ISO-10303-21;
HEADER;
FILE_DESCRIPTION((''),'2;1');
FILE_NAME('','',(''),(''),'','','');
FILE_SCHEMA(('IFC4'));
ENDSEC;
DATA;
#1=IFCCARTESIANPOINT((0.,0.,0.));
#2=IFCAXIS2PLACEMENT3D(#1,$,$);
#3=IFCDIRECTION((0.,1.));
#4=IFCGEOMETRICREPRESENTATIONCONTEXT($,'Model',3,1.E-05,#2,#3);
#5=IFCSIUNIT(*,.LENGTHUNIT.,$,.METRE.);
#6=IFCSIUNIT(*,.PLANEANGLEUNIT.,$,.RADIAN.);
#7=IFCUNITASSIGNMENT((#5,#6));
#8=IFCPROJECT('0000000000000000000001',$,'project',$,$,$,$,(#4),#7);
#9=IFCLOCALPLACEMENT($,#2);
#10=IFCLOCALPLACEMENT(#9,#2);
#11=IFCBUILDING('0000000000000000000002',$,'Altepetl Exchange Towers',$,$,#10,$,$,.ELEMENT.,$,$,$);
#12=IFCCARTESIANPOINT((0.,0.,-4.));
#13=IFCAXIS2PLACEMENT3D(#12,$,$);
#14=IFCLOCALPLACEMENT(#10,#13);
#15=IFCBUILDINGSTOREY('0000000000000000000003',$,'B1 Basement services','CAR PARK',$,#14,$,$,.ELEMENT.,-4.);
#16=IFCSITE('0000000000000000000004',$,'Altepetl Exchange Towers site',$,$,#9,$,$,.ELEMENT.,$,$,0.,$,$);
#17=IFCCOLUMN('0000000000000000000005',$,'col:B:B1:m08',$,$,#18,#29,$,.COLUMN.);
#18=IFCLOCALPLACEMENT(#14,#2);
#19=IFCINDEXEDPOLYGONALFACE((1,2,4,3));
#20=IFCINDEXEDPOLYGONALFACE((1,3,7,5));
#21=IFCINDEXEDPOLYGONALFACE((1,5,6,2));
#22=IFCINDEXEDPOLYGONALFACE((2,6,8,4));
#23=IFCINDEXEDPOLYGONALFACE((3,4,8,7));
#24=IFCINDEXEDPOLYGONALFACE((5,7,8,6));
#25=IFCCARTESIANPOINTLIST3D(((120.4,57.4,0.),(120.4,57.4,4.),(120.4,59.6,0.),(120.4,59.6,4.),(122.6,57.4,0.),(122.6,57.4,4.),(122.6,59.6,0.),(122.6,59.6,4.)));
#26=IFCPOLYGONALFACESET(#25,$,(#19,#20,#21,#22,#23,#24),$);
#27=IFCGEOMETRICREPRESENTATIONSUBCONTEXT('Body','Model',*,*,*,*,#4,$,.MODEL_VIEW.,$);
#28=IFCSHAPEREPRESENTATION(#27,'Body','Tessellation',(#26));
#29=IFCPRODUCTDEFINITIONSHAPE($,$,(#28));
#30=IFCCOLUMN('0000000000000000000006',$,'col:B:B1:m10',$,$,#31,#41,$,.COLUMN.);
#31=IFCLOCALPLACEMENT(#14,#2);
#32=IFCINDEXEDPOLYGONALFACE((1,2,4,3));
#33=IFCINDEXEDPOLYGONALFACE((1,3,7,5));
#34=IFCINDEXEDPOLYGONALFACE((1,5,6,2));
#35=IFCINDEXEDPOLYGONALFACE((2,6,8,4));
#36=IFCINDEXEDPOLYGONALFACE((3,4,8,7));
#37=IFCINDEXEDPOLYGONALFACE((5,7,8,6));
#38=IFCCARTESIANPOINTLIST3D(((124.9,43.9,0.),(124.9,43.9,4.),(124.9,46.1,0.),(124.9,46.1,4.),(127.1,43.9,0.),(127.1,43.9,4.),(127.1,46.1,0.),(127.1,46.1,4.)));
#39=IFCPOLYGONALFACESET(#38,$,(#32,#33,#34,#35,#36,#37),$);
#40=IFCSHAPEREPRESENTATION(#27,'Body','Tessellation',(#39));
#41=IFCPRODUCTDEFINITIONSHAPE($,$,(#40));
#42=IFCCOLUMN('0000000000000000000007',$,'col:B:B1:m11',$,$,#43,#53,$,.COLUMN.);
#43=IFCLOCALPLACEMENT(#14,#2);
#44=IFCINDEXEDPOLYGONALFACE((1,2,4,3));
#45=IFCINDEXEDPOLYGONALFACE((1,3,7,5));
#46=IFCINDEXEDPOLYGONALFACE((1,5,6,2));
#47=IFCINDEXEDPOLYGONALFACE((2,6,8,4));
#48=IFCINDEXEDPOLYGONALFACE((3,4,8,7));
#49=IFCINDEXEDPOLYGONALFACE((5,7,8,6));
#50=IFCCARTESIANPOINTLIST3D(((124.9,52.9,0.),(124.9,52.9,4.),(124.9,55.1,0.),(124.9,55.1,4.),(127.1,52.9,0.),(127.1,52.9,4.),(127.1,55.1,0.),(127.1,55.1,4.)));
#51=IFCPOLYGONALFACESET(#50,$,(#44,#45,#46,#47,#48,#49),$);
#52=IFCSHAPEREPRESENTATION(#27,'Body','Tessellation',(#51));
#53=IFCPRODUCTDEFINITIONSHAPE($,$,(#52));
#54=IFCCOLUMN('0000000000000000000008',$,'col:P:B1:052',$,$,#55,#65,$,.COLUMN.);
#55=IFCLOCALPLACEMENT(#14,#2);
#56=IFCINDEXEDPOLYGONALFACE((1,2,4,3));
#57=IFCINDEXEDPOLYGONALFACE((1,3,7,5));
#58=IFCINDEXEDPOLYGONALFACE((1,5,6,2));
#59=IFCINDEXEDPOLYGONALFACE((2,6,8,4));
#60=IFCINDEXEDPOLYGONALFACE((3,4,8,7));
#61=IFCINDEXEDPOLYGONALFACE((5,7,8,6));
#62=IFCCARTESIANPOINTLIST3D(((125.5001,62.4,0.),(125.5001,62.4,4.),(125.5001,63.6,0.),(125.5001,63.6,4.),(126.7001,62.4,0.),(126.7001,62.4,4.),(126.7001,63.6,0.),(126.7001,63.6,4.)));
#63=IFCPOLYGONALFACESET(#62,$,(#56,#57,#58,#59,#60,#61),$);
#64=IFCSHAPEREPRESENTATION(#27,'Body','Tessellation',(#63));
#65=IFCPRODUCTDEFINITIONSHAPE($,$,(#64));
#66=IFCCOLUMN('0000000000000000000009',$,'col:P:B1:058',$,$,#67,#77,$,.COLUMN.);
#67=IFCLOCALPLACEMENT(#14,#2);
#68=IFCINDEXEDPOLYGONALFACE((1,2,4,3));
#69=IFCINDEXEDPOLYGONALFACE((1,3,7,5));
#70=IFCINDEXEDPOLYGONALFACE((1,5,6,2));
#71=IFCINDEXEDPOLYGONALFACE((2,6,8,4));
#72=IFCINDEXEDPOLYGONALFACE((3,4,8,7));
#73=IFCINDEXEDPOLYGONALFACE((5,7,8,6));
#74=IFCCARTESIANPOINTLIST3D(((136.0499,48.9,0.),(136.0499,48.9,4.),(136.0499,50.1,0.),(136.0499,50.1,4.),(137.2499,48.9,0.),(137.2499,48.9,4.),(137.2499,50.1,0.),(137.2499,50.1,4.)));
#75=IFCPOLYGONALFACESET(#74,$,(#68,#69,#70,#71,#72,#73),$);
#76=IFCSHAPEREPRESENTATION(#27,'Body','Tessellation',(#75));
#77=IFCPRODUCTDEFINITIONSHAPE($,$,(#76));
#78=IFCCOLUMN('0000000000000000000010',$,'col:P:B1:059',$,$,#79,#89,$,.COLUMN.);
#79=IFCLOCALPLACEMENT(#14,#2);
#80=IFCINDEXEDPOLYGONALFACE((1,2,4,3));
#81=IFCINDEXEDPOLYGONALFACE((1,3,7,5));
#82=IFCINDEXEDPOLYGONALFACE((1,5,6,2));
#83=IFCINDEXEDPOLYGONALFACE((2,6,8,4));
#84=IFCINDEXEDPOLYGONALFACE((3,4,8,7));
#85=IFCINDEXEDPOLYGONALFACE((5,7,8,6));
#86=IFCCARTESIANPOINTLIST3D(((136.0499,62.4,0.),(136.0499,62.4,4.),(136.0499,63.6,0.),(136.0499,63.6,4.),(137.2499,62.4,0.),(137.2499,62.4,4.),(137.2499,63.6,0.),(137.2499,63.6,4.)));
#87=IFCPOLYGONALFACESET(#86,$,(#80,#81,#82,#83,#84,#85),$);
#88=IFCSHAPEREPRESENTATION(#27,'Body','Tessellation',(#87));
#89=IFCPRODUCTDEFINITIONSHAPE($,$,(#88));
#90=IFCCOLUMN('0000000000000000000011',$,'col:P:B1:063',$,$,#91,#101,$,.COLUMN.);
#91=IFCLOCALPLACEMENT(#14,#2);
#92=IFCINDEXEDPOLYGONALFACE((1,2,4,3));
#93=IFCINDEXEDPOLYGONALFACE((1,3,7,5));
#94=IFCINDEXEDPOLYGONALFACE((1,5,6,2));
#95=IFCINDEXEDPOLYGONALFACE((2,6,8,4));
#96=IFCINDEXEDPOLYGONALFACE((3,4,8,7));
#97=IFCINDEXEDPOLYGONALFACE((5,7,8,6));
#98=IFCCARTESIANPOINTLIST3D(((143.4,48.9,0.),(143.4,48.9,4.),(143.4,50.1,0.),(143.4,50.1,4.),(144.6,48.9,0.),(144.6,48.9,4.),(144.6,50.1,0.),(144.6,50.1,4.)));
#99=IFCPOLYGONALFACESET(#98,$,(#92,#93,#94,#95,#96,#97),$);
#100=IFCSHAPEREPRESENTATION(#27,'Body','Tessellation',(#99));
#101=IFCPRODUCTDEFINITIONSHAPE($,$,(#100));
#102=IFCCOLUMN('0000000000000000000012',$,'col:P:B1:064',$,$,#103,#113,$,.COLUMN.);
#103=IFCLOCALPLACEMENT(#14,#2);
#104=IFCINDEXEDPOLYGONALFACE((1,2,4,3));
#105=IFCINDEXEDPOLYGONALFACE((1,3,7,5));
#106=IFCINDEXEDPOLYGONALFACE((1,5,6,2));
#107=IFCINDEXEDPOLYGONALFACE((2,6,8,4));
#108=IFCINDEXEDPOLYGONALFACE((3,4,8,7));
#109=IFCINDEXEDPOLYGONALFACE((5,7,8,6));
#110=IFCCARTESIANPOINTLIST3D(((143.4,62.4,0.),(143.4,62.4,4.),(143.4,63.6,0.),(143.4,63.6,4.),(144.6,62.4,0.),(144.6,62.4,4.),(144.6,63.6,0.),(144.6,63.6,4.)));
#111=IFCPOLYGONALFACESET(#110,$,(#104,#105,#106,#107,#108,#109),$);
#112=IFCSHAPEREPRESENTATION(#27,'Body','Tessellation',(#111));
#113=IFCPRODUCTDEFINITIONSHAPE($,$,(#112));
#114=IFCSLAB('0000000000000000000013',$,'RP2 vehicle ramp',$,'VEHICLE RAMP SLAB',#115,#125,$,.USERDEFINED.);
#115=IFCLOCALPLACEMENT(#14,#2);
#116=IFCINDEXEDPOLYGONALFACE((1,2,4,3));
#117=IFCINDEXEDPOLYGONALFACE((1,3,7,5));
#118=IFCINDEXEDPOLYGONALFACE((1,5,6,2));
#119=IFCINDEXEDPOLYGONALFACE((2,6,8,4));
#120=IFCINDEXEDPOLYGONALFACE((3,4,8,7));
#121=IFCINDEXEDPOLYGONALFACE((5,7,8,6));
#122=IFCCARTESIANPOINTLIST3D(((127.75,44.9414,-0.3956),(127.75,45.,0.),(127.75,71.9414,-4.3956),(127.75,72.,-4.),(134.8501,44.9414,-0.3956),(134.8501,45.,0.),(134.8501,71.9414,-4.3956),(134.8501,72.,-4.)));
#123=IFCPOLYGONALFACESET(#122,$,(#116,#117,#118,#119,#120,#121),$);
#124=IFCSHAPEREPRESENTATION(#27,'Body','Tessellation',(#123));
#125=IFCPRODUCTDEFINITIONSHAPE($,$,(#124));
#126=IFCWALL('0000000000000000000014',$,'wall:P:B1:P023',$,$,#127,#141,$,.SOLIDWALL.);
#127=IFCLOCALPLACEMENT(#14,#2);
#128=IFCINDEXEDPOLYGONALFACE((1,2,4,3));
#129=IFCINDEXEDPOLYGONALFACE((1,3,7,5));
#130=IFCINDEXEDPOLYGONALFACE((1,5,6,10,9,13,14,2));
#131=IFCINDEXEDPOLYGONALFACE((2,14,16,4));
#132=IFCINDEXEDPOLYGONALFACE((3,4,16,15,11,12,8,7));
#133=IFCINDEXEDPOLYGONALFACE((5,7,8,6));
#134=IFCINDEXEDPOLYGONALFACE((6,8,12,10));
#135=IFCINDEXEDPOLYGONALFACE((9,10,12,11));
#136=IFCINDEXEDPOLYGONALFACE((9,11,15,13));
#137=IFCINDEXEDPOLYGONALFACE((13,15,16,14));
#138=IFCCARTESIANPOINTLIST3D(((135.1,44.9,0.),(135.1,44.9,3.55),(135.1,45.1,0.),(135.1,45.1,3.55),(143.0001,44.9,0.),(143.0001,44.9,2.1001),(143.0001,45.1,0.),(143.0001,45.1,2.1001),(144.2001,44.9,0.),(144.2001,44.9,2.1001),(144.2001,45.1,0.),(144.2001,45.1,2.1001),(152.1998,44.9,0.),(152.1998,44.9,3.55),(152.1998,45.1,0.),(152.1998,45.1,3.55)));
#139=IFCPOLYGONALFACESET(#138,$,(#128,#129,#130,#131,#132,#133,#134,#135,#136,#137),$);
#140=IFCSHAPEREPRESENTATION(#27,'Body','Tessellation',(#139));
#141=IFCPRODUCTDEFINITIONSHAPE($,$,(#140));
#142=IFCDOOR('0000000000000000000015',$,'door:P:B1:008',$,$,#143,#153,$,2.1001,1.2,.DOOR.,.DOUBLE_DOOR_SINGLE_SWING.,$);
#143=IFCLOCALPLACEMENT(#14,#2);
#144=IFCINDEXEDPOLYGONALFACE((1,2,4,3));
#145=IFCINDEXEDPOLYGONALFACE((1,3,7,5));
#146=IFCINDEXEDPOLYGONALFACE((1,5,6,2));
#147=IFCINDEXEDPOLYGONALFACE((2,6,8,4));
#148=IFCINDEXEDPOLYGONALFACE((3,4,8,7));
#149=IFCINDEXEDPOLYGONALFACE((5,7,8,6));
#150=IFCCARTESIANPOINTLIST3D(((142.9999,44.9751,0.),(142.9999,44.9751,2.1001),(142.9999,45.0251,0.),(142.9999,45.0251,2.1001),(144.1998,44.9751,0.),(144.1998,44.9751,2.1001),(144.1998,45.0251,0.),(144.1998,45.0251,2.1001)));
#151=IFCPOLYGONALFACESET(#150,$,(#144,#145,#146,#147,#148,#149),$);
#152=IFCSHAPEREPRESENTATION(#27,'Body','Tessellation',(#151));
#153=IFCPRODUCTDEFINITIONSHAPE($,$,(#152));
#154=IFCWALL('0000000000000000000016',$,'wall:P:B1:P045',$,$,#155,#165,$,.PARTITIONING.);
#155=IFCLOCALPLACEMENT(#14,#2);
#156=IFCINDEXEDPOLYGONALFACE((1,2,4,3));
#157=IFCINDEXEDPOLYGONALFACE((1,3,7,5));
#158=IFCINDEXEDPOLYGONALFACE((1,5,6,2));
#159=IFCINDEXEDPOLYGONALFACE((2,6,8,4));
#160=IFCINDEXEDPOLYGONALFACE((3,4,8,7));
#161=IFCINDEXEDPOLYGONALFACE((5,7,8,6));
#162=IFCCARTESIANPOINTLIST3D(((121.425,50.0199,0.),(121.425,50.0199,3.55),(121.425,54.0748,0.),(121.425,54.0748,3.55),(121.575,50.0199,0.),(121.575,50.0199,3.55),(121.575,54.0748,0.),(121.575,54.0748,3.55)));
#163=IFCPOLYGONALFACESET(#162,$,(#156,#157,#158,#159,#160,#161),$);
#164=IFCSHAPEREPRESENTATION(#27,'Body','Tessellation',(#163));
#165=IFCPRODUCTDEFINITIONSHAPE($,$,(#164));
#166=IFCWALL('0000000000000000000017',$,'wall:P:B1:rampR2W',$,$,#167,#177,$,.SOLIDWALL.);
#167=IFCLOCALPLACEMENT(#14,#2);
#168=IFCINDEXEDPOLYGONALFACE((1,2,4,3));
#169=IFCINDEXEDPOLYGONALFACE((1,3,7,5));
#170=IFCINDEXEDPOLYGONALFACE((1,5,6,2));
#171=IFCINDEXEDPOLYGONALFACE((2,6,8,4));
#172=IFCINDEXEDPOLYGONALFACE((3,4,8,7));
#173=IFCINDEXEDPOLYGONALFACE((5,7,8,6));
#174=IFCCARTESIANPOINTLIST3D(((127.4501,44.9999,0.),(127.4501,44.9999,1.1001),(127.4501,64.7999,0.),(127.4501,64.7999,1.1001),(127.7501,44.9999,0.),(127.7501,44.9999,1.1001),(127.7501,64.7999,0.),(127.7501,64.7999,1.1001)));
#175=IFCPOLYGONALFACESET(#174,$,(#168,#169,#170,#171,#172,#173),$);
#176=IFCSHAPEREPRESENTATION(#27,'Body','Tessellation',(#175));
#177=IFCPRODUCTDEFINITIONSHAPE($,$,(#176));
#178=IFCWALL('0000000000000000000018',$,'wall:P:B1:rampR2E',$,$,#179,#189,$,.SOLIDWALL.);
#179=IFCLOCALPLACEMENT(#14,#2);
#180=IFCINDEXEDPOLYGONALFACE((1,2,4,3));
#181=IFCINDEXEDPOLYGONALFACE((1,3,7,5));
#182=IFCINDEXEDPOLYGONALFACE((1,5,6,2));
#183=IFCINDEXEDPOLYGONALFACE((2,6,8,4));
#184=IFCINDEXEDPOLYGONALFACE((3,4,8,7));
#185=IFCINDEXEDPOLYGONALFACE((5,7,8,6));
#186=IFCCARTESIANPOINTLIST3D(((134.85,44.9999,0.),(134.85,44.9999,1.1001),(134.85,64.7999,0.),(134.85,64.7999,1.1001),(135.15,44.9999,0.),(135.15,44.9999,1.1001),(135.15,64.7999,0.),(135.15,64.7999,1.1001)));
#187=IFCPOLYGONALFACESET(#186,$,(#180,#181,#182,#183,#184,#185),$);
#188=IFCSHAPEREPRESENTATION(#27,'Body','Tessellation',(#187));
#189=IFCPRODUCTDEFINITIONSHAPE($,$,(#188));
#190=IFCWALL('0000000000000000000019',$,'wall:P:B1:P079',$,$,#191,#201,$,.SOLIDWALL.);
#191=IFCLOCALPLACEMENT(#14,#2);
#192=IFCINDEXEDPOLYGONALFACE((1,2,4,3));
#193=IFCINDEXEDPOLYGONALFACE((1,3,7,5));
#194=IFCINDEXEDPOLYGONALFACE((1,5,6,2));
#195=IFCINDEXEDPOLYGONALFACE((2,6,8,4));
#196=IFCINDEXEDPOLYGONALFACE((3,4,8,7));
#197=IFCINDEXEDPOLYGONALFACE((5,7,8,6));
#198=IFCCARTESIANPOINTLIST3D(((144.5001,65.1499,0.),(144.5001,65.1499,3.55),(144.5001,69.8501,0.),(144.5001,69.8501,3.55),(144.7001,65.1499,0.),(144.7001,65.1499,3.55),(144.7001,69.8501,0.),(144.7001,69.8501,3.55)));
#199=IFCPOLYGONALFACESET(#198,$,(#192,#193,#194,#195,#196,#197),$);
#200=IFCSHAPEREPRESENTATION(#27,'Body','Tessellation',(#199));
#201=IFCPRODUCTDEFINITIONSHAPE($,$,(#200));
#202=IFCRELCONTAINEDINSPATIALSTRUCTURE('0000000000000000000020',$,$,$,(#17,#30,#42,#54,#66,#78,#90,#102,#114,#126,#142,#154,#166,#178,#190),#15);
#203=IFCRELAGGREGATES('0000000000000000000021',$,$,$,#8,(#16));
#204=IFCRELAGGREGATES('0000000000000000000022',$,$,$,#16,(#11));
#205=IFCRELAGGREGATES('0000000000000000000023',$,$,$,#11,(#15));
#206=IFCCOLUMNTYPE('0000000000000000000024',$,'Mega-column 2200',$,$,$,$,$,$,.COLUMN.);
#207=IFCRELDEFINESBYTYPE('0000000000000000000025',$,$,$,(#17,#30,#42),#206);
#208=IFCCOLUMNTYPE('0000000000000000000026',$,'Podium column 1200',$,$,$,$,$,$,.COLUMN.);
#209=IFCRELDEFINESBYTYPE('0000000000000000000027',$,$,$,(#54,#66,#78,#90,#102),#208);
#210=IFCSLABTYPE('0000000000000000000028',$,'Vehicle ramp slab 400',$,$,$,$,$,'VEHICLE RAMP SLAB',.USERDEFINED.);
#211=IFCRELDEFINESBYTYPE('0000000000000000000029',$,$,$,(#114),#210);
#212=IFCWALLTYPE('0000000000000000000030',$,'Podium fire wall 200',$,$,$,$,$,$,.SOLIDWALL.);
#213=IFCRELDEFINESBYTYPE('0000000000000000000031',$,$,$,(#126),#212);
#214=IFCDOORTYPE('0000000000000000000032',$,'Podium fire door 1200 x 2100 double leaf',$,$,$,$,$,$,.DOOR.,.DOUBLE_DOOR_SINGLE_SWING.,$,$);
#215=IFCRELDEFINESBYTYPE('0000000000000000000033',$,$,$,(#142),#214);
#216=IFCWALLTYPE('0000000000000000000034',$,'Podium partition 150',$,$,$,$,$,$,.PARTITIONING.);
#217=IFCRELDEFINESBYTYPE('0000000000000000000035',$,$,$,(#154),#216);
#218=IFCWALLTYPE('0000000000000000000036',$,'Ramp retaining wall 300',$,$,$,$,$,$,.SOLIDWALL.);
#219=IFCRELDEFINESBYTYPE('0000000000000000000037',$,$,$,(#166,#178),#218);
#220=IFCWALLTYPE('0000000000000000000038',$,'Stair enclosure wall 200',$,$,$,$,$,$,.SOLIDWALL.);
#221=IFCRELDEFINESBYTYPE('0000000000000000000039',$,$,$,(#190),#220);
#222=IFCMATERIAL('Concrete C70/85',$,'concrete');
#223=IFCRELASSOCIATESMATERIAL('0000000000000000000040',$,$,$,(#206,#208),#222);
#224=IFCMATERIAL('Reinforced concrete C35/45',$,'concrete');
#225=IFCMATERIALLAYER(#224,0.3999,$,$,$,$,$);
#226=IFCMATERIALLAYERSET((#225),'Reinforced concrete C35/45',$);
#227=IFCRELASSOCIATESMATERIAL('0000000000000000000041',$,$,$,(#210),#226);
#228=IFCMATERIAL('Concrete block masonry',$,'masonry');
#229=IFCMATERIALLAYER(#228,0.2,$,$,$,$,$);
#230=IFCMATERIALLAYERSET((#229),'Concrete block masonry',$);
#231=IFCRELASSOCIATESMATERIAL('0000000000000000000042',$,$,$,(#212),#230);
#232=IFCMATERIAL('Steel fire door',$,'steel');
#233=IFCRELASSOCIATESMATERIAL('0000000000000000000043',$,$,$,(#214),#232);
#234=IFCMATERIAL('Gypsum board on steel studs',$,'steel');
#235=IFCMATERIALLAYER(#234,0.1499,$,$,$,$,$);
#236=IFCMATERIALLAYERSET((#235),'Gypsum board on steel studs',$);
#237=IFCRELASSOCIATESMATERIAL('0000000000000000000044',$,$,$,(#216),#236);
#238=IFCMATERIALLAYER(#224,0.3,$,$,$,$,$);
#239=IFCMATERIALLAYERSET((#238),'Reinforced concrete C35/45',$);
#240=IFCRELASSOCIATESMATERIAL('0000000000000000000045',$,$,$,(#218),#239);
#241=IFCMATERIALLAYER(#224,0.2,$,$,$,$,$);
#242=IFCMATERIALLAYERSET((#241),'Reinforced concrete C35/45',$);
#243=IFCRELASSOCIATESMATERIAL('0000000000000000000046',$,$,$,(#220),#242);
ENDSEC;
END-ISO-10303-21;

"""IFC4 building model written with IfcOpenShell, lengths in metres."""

from ifc_helpers import new_model, si_unit, direction, frame, frame_2d, origin, origin_2d, place, context, subcontext, project, spatial, polyline, rectangle, outline, extrude, material, layer, layer_set, material_profile, profile_set, type_object, element, fill, save


model = new_model("IFC4")

# Units and contexts
model_context = context("Model", 3, precision=1e-05, world=origin(), true_north=direction((0.0, 1.0)))
body_context = subcontext(model_context, "Body", "Model", "MODEL_VIEW")
ifc_project = project(units=[si_unit("LENGTHUNIT", "METRE"), si_unit("PLANEANGLEUNIT", "RADIAN")], contexts=[model_context])

# Site, building, storey
site_placement = place(None, origin())
site = spatial("IfcSite", under=ifc_project, at=site_placement, Name="Altepetl Exchange Towers site", CompositionType="ELEMENT", RefElevation=0.0)
building_placement = place(site_placement, origin())
building = spatial("IfcBuilding", under=site, at=building_placement, Name="Altepetl Exchange Towers", CompositionType="ELEMENT")
storey_placement = place(building_placement, frame((0.0, 0.0, -4.0)))
storey = spatial("IfcBuildingStorey", under=building, at=storey_placement, Name="B1 Basement services", Description="CAR PARK", CompositionType="ELEMENT", Elevation=-4.0)

# Columns
ifc_material_1 = material(Name="Concrete C70/85", Category="concrete")
ifc_material_profile_1 = material_profile(ifc_material_1, rectangle(XDim=2.2, YDim=2.2, at=origin_2d()), Name="2200 x 2200")
ifc_profile_set_1 = profile_set([ifc_material_profile_1], Name="Concrete C70/85")
column_type_1 = type_object("IfcColumnType", Name="Mega-column 2200", PredefinedType="COLUMN", material=ifc_profile_set_1)
for number, where, name in (
    (1, (121.5, 58.5, 0.0), "col:B:B1:m08"),
    (2, (126.0, 45.0, 0.0), "col:B:B1:m10"),
    (3, (126.0, 54.0, 0.0), "col:B:B1:m11"),
):
    element("IfcColumn", number, at=place(storey_placement, frame(where)), inside=storey, type_object=column_type_1, Name=name, PredefinedType="COLUMN", context=body_context, shape_type="SweptSolid", body=[
        extrude(rectangle(XDim=2.2, YDim=2.2, at=origin_2d()), origin(), (0.0, 0.0, 1.0), 4.0),
    ])
ifc_material_profile_2 = material_profile(ifc_material_1, rectangle(XDim=1.2, YDim=1.2, at=origin_2d()), Name="1200 x 1200")
ifc_profile_set_2 = profile_set([ifc_material_profile_2], Name="Concrete C70/85")
column_type_2 = type_object("IfcColumnType", Name="Podium column 1200", PredefinedType="COLUMN", material=ifc_profile_set_2)
for number, where, name in (
    (4, (126.1001, 63.0, 0.0), "col:P:B1:052"),
    (5, (136.6499, 49.5, 0.0), "col:P:B1:058"),
    (6, (136.6499, 63.0, 0.0), "col:P:B1:059"),
    (7, (144.0, 49.5, 0.0), "col:P:B1:063"),
    (8, (144.0, 63.0, 0.0), "col:P:B1:064"),
):
    element("IfcColumn", number, at=place(storey_placement, frame(where)), inside=storey, type_object=column_type_2, Name=name, PredefinedType="COLUMN", context=body_context, shape_type="SweptSolid", body=[
        extrude(rectangle(XDim=1.2, YDim=1.2, at=origin_2d()), origin(), (0.0, 0.0, 1.0), 4.0),
    ])

# Slab
ifc_material_2 = material(Name="Reinforced concrete C35/45", Category="concrete")
ifc_layer_1 = layer(ifc_material_2, 0.3999)
ifc_layer_set_1 = layer_set([ifc_layer_1], Name="Reinforced concrete C35/45")
slab_type = type_object("IfcSlabType", Name="Vehicle ramp slab 400", ElementType="VEHICLE RAMP SLAB", PredefinedType="USERDEFINED", material=ifc_layer_set_1)
slab_placement = place(storey_placement, frame((127.75, 45.0, 0.0), z_axis=(0.0, 0.146549, 0.989203), x_axis=(1.0, 0.0, 0.0)))
element("IfcSlab", 9, at=slab_placement, inside=storey, type_object=slab_type, Name="RP2 vehicle ramp", ObjectType="VEHICLE RAMP SLAB", PredefinedType="USERDEFINED", context=body_context, shape_type="SweptSolid", body=[
    extrude(outline(polyline([(0.0, 0.0), (7.1001, 0.0), (7.1001, 27.2947), (0.0, 27.2947), (0.0, 0.0)])), origin(), (0.0, 0.0, -1.0), 0.3999),
])

# Wall, opening, door
ifc_material_3 = material(Name="Concrete block masonry", Category="masonry")
ifc_layer_2 = layer(ifc_material_3, 0.2)
ifc_layer_set_2 = layer_set([ifc_layer_2], Name="Concrete block masonry")
wall_type_1 = type_object("IfcWallType", Name="Podium fire wall 200", PredefinedType="SOLIDWALL", material=ifc_layer_set_2)
wall_1_placement = place(storey_placement, frame((135.1001, 45.0, 0.0)))
wall_1 = element("IfcWall", 10, at=wall_1_placement, inside=storey, type_object=wall_type_1, Name="wall:P:B1:P023", PredefinedType="SOLIDWALL", context=body_context, shape_type="SweptSolid", body=[
    extrude(rectangle(XDim=17.0999, YDim=0.2, at=frame_2d((8.5498, 0.0))), origin(), (0.0, 0.0, 1.0), 3.55),
])
opening_1_placement = place(wall_1_placement, frame((7.8999, 0.0, 0.0)))
opening_1 = element("IfcOpeningElement", 11, at=opening_1_placement, cuts=wall_1, PredefinedType="OPENING", context=body_context, shape_type="SweptSolid", body=[
    extrude(rectangle(XDim=1.2, YDim=2.1001, at=frame_2d((0.6001, 1.05))), frame((0.0, 0.1099, 0.0), z_axis=(0.0, -1.0, 0.0), x_axis=(1.0, 0.0, 0.0)), (0.0, 0.0, 1.0), 0.22),
])
ifc_material_4 = material(Name="Steel fire door", Category="steel")
door_type_1 = type_object("IfcDoorType", Name="Podium fire door 1200 x 2100 double leaf", OperationType="DOUBLE_DOOR_SINGLE_SWING", PredefinedType="DOOR", material=ifc_material_4)
door_1_placement = place(opening_1_placement, frame((1.2, 0.0, 0.0), x_axis=(-1.0, 0.0, 0.0)))
door_1 = element("IfcDoor", 12, at=door_1_placement, inside=storey, type_object=door_type_1, Name="door:P:B1:008", OperationType="DOUBLE_DOOR_SINGLE_SWING", OverallHeight=2.1001, OverallWidth=1.2, PredefinedType="DOOR", context=body_context, shape_type="SweptSolid", body=[
    extrude(rectangle(XDim=1.2, YDim=2.1001, at=frame_2d((0.6001, 1.05))), frame((0.0, 0.0249, 0.0), z_axis=(0.0, -1.0, 0.0), x_axis=(1.0, 0.0, 0.0)), (0.0, 0.0, 1.0), 0.05),
])
fill(opening_1, door_1)

# Walls
ifc_material_5 = material(Name="Gypsum board on steel studs", Category="steel")
ifc_layer_3 = layer(ifc_material_5, 0.1499)
ifc_layer_set_3 = layer_set([ifc_layer_3], Name="Gypsum board on steel studs")
wall_type_2 = type_object("IfcWallType", Name="Podium partition 150", PredefinedType="PARTITIONING", material=ifc_layer_set_3)
wall_2_placement = place(storey_placement, frame((121.5, 50.02, 0.0), z_axis=(0.0, 0.0, 1.0), x_axis=(0.0, 1.0, 0.0)))
element("IfcWall", 13, at=wall_2_placement, inside=storey, type_object=wall_type_2, Name="wall:P:B1:P045", PredefinedType="PARTITIONING", context=body_context, shape_type="SweptSolid", body=[
    extrude(rectangle(XDim=4.0549, YDim=0.1499, at=frame_2d((2.0273, 0.0))), origin(), (0.0, 0.0, 1.0), 3.55),
])
ifc_layer_4 = layer(ifc_material_2, 0.3)
ifc_layer_set_4 = layer_set([ifc_layer_4], Name="Reinforced concrete C35/45")
wall_type_3 = type_object("IfcWallType", Name="Ramp retaining wall 300", PredefinedType="SOLIDWALL", material=ifc_layer_set_4)
for number, where, z_axis, x_axis, name in (
    (14, (127.6001, 45.0, 0.0), (0.0, 0.0, 1.0), (0.0, 1.0, 0.0), "wall:P:B1:rampR2W"),
    (15, (135.0, 45.0, 0.0), (0.0, 0.0, 1.0), (0.0, 1.0, 0.0), "wall:P:B1:rampR2E"),
):
    element("IfcWall", number, at=place(storey_placement, frame(where, z_axis=z_axis, x_axis=x_axis)), inside=storey, type_object=wall_type_3, Name=name, PredefinedType="SOLIDWALL", context=body_context, shape_type="SweptSolid", body=[
        extrude(rectangle(XDim=19.8, YDim=0.3, at=frame_2d((9.8999, 0.0))), origin(), (0.0, 0.0, 1.0), 1.1001),
    ])
ifc_layer_5 = layer(ifc_material_2, 0.2)
ifc_layer_set_5 = layer_set([ifc_layer_5], Name="Reinforced concrete C35/45")
wall_type_4 = type_object("IfcWallType", Name="Stair enclosure wall 200", PredefinedType="SOLIDWALL", material=ifc_layer_set_5)
wall_3_placement = place(storey_placement, frame((144.6001, 65.1499, 0.0), z_axis=(0.0, 0.0, 1.0), x_axis=(0.0, 1.0, 0.0)))
element("IfcWall", 16, at=wall_3_placement, inside=storey, type_object=wall_type_4, Name="wall:P:B1:P079", PredefinedType="SOLIDWALL", context=body_context, shape_type="SweptSolid", body=[
    extrude(rectangle(XDim=4.7002, YDim=0.2, at=frame_2d((2.3501, 0.0))), origin(), (0.0, 0.0, 1.0), 3.55),
])

save(model, "model.ifc")
